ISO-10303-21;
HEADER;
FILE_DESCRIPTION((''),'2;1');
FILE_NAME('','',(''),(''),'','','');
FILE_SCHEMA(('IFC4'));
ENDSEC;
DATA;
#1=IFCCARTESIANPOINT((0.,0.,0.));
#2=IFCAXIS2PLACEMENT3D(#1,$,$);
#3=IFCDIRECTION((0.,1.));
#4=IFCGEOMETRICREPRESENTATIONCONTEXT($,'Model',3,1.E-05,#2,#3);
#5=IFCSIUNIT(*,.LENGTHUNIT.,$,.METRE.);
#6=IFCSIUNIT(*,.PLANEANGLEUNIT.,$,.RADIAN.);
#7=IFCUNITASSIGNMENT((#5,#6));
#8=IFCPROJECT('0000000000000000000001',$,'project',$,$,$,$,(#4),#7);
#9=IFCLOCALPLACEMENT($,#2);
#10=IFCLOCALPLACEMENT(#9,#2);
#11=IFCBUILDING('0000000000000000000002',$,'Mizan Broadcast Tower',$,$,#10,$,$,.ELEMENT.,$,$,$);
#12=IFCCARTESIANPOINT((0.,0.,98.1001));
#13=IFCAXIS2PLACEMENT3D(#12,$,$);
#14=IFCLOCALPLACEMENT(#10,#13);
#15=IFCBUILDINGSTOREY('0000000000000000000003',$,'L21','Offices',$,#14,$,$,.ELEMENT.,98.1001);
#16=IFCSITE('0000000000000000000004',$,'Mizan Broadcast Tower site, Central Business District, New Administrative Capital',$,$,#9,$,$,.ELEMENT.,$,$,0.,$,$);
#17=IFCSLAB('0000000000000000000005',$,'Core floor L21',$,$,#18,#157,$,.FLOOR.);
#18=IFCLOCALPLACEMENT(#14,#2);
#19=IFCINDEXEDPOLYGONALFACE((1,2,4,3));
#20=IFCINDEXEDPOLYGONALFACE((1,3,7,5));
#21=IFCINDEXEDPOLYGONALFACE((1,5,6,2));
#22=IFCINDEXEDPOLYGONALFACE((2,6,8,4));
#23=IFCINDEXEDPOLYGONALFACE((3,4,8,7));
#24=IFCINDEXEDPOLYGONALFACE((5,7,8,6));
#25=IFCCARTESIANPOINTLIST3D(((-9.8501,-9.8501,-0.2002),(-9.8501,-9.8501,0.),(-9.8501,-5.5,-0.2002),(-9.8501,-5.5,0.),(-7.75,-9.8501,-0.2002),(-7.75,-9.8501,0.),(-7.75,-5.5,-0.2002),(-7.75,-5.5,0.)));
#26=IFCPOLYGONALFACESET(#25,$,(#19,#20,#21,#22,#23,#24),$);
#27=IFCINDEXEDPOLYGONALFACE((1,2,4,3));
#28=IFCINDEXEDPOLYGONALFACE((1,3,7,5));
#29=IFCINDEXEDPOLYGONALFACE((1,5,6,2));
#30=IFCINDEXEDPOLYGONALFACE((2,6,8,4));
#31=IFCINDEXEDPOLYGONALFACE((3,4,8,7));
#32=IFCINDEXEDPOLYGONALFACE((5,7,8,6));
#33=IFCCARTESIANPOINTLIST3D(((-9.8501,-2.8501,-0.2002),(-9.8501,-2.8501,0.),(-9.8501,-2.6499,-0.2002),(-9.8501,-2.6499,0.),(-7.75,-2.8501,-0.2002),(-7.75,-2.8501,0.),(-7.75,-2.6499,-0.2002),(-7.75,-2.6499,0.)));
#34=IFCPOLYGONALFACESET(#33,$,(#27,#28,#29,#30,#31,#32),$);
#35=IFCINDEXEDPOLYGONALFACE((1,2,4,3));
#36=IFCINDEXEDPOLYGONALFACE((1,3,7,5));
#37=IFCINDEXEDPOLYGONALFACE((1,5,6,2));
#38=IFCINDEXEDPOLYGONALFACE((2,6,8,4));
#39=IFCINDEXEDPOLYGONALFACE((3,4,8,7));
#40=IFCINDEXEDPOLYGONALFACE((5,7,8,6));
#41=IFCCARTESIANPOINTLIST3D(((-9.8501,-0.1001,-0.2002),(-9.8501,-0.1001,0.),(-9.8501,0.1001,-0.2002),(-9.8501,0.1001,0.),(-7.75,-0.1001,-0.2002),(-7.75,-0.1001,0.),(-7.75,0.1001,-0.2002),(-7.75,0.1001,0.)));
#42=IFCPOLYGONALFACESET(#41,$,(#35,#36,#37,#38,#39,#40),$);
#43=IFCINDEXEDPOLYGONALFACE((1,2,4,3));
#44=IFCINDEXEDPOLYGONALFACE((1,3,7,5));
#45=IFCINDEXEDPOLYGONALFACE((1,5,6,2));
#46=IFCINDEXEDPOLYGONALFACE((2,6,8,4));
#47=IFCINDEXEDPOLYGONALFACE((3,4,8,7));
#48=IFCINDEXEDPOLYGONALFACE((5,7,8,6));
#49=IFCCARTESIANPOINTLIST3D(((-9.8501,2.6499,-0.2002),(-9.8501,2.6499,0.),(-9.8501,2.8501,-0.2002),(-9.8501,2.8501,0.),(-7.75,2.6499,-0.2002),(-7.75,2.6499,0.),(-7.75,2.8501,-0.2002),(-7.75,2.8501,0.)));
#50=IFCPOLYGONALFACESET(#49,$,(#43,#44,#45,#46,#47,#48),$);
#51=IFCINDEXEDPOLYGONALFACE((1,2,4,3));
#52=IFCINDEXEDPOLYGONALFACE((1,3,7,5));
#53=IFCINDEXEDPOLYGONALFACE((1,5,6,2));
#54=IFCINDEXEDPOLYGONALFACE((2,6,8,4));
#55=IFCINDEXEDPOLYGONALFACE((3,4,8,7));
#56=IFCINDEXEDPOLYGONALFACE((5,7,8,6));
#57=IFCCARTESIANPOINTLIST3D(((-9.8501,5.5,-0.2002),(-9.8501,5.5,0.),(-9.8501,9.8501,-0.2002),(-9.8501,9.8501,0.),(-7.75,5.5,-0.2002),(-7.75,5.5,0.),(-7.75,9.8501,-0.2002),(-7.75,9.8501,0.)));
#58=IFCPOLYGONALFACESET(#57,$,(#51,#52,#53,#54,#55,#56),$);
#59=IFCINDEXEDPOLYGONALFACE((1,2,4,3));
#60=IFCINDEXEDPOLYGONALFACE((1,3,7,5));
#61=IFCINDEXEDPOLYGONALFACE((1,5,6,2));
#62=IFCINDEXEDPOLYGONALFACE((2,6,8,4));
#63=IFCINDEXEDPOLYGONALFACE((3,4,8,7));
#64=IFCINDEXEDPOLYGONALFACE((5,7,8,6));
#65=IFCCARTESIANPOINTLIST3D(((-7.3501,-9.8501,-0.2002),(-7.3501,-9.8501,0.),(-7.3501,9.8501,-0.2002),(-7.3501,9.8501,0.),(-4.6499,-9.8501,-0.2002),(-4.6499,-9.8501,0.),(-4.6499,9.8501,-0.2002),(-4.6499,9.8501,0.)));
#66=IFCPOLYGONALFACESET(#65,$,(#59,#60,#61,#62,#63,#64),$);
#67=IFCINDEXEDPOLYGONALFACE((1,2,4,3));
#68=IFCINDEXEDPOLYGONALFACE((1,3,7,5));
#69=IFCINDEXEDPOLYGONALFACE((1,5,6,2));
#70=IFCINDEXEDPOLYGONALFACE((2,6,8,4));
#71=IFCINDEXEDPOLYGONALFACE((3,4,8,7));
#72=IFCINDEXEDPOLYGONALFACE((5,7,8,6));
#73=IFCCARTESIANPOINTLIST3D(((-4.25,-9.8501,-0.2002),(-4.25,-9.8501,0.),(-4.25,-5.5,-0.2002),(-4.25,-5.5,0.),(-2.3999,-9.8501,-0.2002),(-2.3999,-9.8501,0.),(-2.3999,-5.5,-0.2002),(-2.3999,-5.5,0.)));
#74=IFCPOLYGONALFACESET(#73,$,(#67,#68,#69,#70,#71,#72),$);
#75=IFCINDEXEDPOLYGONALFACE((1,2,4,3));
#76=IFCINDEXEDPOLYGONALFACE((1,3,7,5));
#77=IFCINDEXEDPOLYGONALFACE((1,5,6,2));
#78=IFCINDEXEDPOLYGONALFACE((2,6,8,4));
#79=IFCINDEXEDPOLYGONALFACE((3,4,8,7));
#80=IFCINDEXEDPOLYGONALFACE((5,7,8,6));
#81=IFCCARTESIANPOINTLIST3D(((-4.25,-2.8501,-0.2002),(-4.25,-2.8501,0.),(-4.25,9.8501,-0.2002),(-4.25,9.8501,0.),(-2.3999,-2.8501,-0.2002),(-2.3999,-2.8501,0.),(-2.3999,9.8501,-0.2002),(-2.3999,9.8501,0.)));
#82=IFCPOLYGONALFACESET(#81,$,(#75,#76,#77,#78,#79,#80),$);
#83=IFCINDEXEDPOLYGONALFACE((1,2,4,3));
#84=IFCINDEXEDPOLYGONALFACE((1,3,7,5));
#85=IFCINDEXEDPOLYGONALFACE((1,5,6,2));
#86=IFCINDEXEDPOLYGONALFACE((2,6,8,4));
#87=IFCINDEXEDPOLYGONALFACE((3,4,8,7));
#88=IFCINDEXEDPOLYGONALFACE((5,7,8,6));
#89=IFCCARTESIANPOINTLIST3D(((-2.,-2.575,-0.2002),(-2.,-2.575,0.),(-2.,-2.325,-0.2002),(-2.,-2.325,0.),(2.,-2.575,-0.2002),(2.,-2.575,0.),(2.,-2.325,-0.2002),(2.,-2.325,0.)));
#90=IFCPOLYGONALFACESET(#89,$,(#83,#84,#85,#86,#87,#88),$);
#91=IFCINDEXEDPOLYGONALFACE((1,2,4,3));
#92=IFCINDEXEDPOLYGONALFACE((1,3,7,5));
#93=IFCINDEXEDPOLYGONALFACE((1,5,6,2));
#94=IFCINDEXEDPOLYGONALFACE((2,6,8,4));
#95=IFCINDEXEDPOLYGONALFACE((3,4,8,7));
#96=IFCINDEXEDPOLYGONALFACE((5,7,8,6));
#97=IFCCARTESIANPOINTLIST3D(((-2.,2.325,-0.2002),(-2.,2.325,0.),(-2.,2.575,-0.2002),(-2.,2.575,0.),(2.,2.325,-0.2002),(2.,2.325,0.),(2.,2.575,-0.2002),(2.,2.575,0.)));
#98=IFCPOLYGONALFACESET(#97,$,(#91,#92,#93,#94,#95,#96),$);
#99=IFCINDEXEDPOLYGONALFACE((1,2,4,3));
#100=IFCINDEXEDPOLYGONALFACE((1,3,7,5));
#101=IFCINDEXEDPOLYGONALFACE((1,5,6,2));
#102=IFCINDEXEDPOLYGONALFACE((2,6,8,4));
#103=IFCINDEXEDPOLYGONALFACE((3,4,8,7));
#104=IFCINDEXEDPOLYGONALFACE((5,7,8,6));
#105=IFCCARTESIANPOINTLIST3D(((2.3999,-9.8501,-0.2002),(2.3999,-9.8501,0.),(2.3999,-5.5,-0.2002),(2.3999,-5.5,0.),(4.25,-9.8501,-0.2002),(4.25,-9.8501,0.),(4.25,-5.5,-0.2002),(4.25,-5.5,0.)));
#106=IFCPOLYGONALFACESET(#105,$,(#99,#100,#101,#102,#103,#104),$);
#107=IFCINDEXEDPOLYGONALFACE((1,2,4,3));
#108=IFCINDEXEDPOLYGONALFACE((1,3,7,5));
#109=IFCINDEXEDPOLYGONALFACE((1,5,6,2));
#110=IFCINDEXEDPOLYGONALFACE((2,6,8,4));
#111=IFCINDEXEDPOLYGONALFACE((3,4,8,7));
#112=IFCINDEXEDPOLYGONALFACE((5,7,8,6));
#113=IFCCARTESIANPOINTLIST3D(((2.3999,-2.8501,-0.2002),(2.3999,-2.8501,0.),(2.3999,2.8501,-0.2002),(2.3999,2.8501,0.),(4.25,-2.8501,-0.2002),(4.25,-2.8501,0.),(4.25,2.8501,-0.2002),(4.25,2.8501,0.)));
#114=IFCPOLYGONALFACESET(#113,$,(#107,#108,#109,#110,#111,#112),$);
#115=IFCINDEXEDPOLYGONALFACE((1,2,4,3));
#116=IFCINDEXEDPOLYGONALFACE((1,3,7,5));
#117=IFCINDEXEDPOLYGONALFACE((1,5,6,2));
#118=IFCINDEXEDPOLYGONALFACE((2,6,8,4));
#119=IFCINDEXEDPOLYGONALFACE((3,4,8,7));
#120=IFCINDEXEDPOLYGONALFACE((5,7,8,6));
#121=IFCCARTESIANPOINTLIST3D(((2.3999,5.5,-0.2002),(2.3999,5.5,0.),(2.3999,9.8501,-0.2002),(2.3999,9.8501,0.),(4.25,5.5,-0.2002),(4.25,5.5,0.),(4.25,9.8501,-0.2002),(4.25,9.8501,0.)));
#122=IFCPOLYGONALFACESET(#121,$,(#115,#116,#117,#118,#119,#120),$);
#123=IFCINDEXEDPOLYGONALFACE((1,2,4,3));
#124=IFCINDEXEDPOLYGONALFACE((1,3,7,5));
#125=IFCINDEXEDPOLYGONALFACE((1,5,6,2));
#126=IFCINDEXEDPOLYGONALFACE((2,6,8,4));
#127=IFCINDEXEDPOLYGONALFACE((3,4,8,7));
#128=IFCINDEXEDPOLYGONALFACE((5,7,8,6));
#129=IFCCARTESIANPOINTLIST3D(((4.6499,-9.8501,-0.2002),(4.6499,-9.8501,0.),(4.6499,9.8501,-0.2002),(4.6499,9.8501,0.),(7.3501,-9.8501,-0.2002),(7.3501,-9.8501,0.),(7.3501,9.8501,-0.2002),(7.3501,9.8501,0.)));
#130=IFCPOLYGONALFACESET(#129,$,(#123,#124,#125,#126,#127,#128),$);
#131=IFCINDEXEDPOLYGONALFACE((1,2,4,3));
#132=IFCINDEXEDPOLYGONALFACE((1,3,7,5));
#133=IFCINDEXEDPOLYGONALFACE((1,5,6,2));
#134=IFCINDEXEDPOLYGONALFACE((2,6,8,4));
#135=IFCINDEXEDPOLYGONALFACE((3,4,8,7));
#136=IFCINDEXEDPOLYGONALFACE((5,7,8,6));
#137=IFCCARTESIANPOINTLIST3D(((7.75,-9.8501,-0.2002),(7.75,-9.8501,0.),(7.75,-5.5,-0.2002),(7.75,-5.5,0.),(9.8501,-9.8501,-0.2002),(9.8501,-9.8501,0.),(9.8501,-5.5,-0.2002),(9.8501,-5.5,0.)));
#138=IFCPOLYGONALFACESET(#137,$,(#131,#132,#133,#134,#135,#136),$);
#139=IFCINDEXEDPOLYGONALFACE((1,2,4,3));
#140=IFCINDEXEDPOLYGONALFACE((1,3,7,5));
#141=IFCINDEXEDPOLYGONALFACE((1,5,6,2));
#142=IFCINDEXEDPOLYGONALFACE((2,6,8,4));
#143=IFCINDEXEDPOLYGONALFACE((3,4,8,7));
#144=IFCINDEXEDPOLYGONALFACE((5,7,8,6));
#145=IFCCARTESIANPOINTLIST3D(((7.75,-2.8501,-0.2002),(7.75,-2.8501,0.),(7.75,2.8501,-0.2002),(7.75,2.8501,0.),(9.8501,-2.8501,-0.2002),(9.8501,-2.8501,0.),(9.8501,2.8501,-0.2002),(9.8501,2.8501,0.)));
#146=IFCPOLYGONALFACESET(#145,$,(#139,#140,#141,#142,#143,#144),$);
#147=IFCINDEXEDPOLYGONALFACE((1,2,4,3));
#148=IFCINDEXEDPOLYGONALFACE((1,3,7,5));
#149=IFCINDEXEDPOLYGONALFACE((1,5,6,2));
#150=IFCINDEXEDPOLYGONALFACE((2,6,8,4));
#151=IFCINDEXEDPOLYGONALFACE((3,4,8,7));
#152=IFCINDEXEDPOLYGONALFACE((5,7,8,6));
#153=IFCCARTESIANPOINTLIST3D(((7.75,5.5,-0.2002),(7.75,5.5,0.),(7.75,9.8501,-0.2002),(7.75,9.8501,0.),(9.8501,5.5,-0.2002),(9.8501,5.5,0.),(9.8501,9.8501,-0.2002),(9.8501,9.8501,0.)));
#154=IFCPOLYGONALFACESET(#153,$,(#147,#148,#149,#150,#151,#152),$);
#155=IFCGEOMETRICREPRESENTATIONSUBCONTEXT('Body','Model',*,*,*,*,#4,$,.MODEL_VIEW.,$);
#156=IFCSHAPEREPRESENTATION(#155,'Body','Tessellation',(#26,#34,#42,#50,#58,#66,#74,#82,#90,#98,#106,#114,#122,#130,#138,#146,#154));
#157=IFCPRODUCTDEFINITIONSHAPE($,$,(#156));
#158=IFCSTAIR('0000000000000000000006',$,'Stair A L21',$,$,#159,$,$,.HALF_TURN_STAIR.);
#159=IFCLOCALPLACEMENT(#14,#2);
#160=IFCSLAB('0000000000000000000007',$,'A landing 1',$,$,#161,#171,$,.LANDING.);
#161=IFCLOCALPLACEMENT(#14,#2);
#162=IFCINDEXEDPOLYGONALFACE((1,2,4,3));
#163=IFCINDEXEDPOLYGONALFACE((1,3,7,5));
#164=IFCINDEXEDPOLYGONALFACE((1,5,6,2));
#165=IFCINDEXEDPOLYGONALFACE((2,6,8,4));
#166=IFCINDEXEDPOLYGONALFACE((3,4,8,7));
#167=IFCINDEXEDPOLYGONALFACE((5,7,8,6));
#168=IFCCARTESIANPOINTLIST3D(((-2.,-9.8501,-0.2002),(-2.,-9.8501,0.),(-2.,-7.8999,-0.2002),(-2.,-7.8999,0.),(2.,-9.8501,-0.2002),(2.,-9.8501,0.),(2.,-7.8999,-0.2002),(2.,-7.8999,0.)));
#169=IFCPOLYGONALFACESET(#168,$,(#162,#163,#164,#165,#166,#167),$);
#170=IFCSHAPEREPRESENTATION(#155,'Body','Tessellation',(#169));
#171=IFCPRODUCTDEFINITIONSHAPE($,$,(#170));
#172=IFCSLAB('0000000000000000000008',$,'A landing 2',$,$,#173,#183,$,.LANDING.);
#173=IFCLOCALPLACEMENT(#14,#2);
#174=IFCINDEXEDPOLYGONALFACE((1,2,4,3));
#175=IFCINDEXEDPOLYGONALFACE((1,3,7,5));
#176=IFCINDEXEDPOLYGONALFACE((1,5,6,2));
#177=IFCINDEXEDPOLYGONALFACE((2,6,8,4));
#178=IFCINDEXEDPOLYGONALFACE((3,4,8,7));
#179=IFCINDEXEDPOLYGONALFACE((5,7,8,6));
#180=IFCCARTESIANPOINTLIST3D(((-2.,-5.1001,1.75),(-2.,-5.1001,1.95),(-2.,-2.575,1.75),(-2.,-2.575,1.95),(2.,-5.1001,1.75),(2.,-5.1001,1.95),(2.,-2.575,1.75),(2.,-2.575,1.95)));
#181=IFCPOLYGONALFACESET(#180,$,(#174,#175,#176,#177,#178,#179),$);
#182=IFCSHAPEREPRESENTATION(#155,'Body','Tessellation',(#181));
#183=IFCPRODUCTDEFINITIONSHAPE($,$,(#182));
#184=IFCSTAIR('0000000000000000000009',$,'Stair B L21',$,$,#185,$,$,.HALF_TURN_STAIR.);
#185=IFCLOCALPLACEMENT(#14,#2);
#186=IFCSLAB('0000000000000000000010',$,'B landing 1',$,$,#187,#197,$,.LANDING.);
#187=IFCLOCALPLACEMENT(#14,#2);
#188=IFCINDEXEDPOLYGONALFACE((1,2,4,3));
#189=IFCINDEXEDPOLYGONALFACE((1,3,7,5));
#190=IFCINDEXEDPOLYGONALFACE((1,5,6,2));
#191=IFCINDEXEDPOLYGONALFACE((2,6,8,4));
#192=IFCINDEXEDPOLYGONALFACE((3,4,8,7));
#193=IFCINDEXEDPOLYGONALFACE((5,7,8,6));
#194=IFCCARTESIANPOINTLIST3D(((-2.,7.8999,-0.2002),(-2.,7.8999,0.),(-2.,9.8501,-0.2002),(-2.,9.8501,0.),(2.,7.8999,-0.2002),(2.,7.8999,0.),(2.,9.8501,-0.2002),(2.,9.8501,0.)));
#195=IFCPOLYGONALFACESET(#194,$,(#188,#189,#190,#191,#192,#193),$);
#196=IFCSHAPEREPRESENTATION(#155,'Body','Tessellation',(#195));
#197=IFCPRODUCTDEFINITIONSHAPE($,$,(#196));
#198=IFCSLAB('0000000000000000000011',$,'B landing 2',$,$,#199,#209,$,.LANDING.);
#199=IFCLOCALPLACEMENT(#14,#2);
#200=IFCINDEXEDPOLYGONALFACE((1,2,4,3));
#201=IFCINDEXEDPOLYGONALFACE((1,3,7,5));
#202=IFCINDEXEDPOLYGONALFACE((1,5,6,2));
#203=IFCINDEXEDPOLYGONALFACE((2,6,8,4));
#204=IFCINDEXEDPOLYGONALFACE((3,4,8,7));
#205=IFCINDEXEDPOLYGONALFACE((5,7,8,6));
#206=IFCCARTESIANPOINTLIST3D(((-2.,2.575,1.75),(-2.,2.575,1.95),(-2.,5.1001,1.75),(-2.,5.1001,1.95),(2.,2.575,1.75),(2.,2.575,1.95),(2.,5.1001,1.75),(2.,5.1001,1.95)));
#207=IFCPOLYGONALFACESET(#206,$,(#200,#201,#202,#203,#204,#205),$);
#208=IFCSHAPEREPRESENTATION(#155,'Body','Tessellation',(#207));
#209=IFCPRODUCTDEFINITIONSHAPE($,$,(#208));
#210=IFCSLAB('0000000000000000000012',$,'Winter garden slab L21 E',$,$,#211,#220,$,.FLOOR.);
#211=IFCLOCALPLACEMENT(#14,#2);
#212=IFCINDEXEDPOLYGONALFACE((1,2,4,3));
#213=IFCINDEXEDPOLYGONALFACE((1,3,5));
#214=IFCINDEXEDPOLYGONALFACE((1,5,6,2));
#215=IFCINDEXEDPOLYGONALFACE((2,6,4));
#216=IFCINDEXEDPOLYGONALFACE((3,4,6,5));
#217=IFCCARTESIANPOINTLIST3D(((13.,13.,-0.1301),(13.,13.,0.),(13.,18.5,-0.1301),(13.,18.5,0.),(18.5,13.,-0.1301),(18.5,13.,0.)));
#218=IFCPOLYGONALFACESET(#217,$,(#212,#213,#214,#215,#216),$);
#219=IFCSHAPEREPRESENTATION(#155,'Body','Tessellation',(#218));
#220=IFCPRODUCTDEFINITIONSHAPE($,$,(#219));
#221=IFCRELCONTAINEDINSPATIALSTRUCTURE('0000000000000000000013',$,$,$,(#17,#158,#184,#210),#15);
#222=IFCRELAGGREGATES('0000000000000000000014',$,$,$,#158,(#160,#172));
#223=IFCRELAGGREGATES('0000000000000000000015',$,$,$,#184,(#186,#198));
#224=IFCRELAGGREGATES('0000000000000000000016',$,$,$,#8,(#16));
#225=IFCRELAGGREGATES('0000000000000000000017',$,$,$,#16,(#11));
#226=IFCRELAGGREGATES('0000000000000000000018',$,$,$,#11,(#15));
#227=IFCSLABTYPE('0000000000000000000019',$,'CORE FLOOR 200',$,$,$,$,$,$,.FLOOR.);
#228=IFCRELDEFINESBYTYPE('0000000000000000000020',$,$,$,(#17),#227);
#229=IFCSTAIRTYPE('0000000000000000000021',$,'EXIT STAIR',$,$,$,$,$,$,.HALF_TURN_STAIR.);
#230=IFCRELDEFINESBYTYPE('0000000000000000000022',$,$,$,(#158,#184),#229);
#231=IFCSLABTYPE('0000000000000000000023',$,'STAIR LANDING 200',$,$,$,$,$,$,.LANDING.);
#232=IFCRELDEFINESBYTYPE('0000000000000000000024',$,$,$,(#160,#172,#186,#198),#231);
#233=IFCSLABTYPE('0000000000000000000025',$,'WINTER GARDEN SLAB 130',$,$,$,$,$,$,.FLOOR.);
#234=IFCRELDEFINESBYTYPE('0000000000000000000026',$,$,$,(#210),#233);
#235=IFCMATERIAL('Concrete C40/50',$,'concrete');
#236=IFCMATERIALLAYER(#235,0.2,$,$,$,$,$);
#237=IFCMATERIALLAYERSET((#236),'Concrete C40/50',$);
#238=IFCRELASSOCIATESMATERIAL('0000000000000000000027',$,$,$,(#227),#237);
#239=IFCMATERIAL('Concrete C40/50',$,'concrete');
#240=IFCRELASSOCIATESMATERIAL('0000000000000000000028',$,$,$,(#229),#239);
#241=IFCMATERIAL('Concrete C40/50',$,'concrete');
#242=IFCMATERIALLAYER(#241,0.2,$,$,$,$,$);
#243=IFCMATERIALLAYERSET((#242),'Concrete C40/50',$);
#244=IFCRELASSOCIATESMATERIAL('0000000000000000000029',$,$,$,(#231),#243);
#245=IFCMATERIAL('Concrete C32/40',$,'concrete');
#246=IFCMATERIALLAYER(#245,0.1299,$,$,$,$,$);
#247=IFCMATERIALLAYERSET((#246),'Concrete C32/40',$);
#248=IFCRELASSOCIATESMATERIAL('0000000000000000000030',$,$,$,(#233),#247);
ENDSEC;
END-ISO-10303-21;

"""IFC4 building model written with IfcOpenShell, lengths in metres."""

from ifc_helpers import new_model, si_unit, direction, frame, origin, place, context, subcontext, project, spatial, polyline, outline, extrude, material, layer, layer_set, type_object, element, aggregate, save


model = new_model("IFC4")

# Units and contexts
model_context = context("Model", 3, precision=1e-05, world=origin(), true_north=direction((0.0, 1.0)))
body_context = subcontext(model_context, "Body", "Model", "MODEL_VIEW")
ifc_project = project(units=[si_unit("LENGTHUNIT", "METRE"), si_unit("PLANEANGLEUNIT", "RADIAN")], contexts=[model_context])

# Site, building, storey
site_placement = place(None, origin())
site = spatial("IfcSite", under=ifc_project, at=site_placement, Name="Mizan Broadcast Tower site, Central Business District, New Administrative Capital", CompositionType="ELEMENT", RefElevation=0.0)
building_placement = place(site_placement, origin())
building = spatial("IfcBuilding", under=site, at=building_placement, Name="Mizan Broadcast Tower", CompositionType="ELEMENT")
storey_placement = place(building_placement, frame((0.0, 0.0, 98.1001)))
storey = spatial("IfcBuildingStorey", under=building, at=storey_placement, Name="L21", Description="Offices", CompositionType="ELEMENT", Elevation=98.1001)

# Slab
ifc_material_1 = material(Name="Concrete C40/50", Category="concrete")
ifc_layer_1 = layer(ifc_material_1, 0.2)
ifc_layer_set_1 = layer_set([ifc_layer_1], Name="Concrete C40/50")
slab_type_1 = type_object("IfcSlabType", Name="CORE FLOOR 200", PredefinedType="FLOOR", material=ifc_layer_set_1)
slab_1_placement = place(storey_placement, frame((0.0, 0.0, -0.2002)))
element("IfcSlab", 1, at=slab_1_placement, inside=storey, type_object=slab_type_1, Name="Core floor L21", PredefinedType="FLOOR", context=body_context, shape_type="SweptSolid", body=[
    extrude(outline(polyline([(-9.8501, -9.8501), (-7.75, -9.8501), (-7.75, -5.5), (-9.8501, -5.5), (-9.8501, -9.8501)])), origin(), (0.0, 0.0, 1.0), 0.2002),
    extrude(outline(polyline([(-9.8501, -2.8501), (-7.75, -2.8501), (-7.75, -2.6499), (-9.8501, -2.6499), (-9.8501, -2.8501)])), origin(), (0.0, 0.0, 1.0), 0.2002),
    extrude(outline(polyline([(-9.8501, -0.1001), (-7.75, -0.1001), (-7.75, 0.1001), (-9.8501, 0.1001), (-9.8501, -0.1001)])), origin(), (0.0, 0.0, 1.0), 0.2002),
    extrude(outline(polyline([(-9.8501, 2.6499), (-7.75, 2.6499), (-7.75, 2.8501), (-9.8501, 2.8501), (-9.8501, 2.6499)])), origin(), (0.0, 0.0, 1.0), 0.2002),
    extrude(outline(polyline([(-9.8501, 5.5), (-7.75, 5.5), (-7.75, 9.8501), (-9.8501, 9.8501), (-9.8501, 5.5)])), origin(), (0.0, 0.0, 1.0), 0.2002),
    extrude(outline(polyline([(-4.6499, 9.8501), (-7.3501, 9.8501), (-7.3501, -9.8501), (-4.6499, -9.8501), (-4.6499, 9.8501)])), origin(), (0.0, 0.0, 1.0), 0.2002),
    extrude(outline(polyline([(-4.25, -5.5), (-4.25, -9.8501), (-2.3999, -9.8501), (-2.3999, -5.5), (-4.25, -5.5)])), origin(), (0.0, 0.0, 1.0), 0.2002),
    extrude(outline(polyline([(-4.25, -2.8501), (-2.3999, -2.8501), (-2.3999, 9.8501), (-4.25, 9.8501), (-4.25, -2.8501)])), origin(), (0.0, 0.0, 1.0), 0.2002),
    extrude(outline(polyline([(2.0, -2.325), (-2.0, -2.325), (-2.0, -2.575), (2.0, -2.575), (2.0, -2.325)])), origin(), (0.0, 0.0, 1.0), 0.2002),
    extrude(outline(polyline([(2.0, 2.575), (-2.0, 2.575), (-2.0, 2.325), (2.0, 2.325), (2.0, 2.575)])), origin(), (0.0, 0.0, 1.0), 0.2002),
    extrude(outline(polyline([(4.25, -9.8501), (4.25, -5.5), (2.3999, -5.5), (2.3999, -9.8501), (4.25, -9.8501)])), origin(), (0.0, 0.0, 1.0), 0.2002),
    extrude(outline(polyline([(4.25, -2.8501), (4.25, 2.8501), (2.3999, 2.8501), (2.3999, -2.8501), (4.25, -2.8501)])), origin(), (0.0, 0.0, 1.0), 0.2002),
    extrude(outline(polyline([(4.25, 5.5), (4.25, 9.8501), (2.3999, 9.8501), (2.3999, 5.5), (4.25, 5.5)])), origin(), (0.0, 0.0, 1.0), 0.2002),
    extrude(outline(polyline([(4.6499, 9.8501), (4.6499, -9.8501), (7.3501, -9.8501), (7.3501, 9.8501), (4.6499, 9.8501)])), origin(), (0.0, 0.0, 1.0), 0.2002),
    extrude(outline(polyline([(9.8501, -9.8501), (9.8501, -5.5), (7.75, -5.5), (7.75, -9.8501), (9.8501, -9.8501)])), origin(), (0.0, 0.0, 1.0), 0.2002),
    extrude(outline(polyline([(7.75, 2.8501), (7.75, -2.8501), (9.8501, -2.8501), (9.8501, 2.8501), (7.75, 2.8501)])), origin(), (0.0, 0.0, 1.0), 0.2002),
    extrude(outline(polyline([(9.8501, 5.5), (9.8501, 9.8501), (7.75, 9.8501), (7.75, 5.5), (9.8501, 5.5)])), origin(), (0.0, 0.0, 1.0), 0.2002),
])

# Stairs, slabs
ifc_material_2 = material(Name="Concrete C40/50", Category="concrete")
stair_type = type_object("IfcStairType", Name="EXIT STAIR", PredefinedType="HALF_TURN_STAIR", material=ifc_material_2)
stair_1_placement = place(storey_placement, origin())
stair_1 = element("IfcStair", 2, at=stair_1_placement, inside=storey, type_object=stair_type, Name="Stair A L21", PredefinedType="HALF_TURN_STAIR")
ifc_material_3 = material(Name="Concrete C40/50", Category="concrete")
ifc_layer_2 = layer(ifc_material_3, 0.2)
ifc_layer_set_2 = layer_set([ifc_layer_2], Name="Concrete C40/50")
slab_type_2 = type_object("IfcSlabType", Name="STAIR LANDING 200", PredefinedType="LANDING", material=ifc_layer_set_2)
slab_2_placement = place(storey_placement, frame((0.0, 0.0, -0.2002)))
slab_2 = element("IfcSlab", 3, at=slab_2_placement, type_object=slab_type_2, Name="A landing 1", PredefinedType="LANDING", context=body_context, shape_type="SweptSolid", body=[
    extrude(outline(polyline([(-2.0, -9.8501), (-2.0, -7.8999), (2.0, -7.8999), (2.0, -9.8501), (-2.0, -9.8501)])), origin(), (0.0, 0.0, 1.0), 0.2002),
])
slab_3_placement = place(storey_placement, frame((0.0, 0.0, 1.75)))
slab_3 = element("IfcSlab", 4, at=slab_3_placement, type_object=slab_type_2, Name="A landing 2", PredefinedType="LANDING", context=body_context, shape_type="SweptSolid", body=[
    extrude(outline(polyline([(-2.0, -5.1001), (-2.0, -2.575), (2.0, -2.575), (2.0, -5.1001), (-2.0, -5.1001)])), origin(), (0.0, 0.0, 1.0), 0.2),
])
aggregate(stair_1, [slab_2, slab_3])
stair_2_placement = place(storey_placement, origin())
stair_2 = element("IfcStair", 5, at=stair_2_placement, inside=storey, type_object=stair_type, Name="Stair B L21", PredefinedType="HALF_TURN_STAIR")
slab_4_placement = place(storey_placement, frame((0.0, 0.0, -0.2002)))
slab_4 = element("IfcSlab", 6, at=slab_4_placement, type_object=slab_type_2, Name="B landing 1", PredefinedType="LANDING", context=body_context, shape_type="SweptSolid", body=[
    extrude(outline(polyline([(2.0, 9.8501), (2.0, 7.8999), (-2.0, 7.8999), (-2.0, 9.8501), (2.0, 9.8501)])), origin(), (0.0, 0.0, 1.0), 0.2002),
])
slab_5_placement = place(storey_placement, frame((0.0, 0.0, 1.75)))
slab_5 = element("IfcSlab", 7, at=slab_5_placement, type_object=slab_type_2, Name="B landing 2", PredefinedType="LANDING", context=body_context, shape_type="SweptSolid", body=[
    extrude(outline(polyline([(2.0, 5.1001), (2.0, 2.575), (-2.0, 2.575), (-2.0, 5.1001), (2.0, 5.1001)])), origin(), (0.0, 0.0, 1.0), 0.2),
])
aggregate(stair_2, [slab_4, slab_5])

# Slab
ifc_material_4 = material(Name="Concrete C32/40", Category="concrete")
ifc_layer_3 = layer(ifc_material_4, 0.1299)
ifc_layer_set_3 = layer_set([ifc_layer_3], Name="Concrete C32/40")
slab_type_3 = type_object("IfcSlabType", Name="WINTER GARDEN SLAB 130", PredefinedType="FLOOR", material=ifc_layer_set_3)
slab_6_placement = place(storey_placement, frame((0.0, 0.0, -0.1301)))
element("IfcSlab", 8, at=slab_6_placement, inside=storey, type_object=slab_type_3, Name="Winter garden slab L21 E", PredefinedType="FLOOR", context=body_context, shape_type="SweptSolid", body=[
    extrude(outline(polyline([(13.0, 13.0), (18.5, 13.0), (13.0, 18.5), (13.0, 13.0)])), origin(), (0.0, 0.0, 1.0), 0.1301),
])

save(model, "model.ifc")
